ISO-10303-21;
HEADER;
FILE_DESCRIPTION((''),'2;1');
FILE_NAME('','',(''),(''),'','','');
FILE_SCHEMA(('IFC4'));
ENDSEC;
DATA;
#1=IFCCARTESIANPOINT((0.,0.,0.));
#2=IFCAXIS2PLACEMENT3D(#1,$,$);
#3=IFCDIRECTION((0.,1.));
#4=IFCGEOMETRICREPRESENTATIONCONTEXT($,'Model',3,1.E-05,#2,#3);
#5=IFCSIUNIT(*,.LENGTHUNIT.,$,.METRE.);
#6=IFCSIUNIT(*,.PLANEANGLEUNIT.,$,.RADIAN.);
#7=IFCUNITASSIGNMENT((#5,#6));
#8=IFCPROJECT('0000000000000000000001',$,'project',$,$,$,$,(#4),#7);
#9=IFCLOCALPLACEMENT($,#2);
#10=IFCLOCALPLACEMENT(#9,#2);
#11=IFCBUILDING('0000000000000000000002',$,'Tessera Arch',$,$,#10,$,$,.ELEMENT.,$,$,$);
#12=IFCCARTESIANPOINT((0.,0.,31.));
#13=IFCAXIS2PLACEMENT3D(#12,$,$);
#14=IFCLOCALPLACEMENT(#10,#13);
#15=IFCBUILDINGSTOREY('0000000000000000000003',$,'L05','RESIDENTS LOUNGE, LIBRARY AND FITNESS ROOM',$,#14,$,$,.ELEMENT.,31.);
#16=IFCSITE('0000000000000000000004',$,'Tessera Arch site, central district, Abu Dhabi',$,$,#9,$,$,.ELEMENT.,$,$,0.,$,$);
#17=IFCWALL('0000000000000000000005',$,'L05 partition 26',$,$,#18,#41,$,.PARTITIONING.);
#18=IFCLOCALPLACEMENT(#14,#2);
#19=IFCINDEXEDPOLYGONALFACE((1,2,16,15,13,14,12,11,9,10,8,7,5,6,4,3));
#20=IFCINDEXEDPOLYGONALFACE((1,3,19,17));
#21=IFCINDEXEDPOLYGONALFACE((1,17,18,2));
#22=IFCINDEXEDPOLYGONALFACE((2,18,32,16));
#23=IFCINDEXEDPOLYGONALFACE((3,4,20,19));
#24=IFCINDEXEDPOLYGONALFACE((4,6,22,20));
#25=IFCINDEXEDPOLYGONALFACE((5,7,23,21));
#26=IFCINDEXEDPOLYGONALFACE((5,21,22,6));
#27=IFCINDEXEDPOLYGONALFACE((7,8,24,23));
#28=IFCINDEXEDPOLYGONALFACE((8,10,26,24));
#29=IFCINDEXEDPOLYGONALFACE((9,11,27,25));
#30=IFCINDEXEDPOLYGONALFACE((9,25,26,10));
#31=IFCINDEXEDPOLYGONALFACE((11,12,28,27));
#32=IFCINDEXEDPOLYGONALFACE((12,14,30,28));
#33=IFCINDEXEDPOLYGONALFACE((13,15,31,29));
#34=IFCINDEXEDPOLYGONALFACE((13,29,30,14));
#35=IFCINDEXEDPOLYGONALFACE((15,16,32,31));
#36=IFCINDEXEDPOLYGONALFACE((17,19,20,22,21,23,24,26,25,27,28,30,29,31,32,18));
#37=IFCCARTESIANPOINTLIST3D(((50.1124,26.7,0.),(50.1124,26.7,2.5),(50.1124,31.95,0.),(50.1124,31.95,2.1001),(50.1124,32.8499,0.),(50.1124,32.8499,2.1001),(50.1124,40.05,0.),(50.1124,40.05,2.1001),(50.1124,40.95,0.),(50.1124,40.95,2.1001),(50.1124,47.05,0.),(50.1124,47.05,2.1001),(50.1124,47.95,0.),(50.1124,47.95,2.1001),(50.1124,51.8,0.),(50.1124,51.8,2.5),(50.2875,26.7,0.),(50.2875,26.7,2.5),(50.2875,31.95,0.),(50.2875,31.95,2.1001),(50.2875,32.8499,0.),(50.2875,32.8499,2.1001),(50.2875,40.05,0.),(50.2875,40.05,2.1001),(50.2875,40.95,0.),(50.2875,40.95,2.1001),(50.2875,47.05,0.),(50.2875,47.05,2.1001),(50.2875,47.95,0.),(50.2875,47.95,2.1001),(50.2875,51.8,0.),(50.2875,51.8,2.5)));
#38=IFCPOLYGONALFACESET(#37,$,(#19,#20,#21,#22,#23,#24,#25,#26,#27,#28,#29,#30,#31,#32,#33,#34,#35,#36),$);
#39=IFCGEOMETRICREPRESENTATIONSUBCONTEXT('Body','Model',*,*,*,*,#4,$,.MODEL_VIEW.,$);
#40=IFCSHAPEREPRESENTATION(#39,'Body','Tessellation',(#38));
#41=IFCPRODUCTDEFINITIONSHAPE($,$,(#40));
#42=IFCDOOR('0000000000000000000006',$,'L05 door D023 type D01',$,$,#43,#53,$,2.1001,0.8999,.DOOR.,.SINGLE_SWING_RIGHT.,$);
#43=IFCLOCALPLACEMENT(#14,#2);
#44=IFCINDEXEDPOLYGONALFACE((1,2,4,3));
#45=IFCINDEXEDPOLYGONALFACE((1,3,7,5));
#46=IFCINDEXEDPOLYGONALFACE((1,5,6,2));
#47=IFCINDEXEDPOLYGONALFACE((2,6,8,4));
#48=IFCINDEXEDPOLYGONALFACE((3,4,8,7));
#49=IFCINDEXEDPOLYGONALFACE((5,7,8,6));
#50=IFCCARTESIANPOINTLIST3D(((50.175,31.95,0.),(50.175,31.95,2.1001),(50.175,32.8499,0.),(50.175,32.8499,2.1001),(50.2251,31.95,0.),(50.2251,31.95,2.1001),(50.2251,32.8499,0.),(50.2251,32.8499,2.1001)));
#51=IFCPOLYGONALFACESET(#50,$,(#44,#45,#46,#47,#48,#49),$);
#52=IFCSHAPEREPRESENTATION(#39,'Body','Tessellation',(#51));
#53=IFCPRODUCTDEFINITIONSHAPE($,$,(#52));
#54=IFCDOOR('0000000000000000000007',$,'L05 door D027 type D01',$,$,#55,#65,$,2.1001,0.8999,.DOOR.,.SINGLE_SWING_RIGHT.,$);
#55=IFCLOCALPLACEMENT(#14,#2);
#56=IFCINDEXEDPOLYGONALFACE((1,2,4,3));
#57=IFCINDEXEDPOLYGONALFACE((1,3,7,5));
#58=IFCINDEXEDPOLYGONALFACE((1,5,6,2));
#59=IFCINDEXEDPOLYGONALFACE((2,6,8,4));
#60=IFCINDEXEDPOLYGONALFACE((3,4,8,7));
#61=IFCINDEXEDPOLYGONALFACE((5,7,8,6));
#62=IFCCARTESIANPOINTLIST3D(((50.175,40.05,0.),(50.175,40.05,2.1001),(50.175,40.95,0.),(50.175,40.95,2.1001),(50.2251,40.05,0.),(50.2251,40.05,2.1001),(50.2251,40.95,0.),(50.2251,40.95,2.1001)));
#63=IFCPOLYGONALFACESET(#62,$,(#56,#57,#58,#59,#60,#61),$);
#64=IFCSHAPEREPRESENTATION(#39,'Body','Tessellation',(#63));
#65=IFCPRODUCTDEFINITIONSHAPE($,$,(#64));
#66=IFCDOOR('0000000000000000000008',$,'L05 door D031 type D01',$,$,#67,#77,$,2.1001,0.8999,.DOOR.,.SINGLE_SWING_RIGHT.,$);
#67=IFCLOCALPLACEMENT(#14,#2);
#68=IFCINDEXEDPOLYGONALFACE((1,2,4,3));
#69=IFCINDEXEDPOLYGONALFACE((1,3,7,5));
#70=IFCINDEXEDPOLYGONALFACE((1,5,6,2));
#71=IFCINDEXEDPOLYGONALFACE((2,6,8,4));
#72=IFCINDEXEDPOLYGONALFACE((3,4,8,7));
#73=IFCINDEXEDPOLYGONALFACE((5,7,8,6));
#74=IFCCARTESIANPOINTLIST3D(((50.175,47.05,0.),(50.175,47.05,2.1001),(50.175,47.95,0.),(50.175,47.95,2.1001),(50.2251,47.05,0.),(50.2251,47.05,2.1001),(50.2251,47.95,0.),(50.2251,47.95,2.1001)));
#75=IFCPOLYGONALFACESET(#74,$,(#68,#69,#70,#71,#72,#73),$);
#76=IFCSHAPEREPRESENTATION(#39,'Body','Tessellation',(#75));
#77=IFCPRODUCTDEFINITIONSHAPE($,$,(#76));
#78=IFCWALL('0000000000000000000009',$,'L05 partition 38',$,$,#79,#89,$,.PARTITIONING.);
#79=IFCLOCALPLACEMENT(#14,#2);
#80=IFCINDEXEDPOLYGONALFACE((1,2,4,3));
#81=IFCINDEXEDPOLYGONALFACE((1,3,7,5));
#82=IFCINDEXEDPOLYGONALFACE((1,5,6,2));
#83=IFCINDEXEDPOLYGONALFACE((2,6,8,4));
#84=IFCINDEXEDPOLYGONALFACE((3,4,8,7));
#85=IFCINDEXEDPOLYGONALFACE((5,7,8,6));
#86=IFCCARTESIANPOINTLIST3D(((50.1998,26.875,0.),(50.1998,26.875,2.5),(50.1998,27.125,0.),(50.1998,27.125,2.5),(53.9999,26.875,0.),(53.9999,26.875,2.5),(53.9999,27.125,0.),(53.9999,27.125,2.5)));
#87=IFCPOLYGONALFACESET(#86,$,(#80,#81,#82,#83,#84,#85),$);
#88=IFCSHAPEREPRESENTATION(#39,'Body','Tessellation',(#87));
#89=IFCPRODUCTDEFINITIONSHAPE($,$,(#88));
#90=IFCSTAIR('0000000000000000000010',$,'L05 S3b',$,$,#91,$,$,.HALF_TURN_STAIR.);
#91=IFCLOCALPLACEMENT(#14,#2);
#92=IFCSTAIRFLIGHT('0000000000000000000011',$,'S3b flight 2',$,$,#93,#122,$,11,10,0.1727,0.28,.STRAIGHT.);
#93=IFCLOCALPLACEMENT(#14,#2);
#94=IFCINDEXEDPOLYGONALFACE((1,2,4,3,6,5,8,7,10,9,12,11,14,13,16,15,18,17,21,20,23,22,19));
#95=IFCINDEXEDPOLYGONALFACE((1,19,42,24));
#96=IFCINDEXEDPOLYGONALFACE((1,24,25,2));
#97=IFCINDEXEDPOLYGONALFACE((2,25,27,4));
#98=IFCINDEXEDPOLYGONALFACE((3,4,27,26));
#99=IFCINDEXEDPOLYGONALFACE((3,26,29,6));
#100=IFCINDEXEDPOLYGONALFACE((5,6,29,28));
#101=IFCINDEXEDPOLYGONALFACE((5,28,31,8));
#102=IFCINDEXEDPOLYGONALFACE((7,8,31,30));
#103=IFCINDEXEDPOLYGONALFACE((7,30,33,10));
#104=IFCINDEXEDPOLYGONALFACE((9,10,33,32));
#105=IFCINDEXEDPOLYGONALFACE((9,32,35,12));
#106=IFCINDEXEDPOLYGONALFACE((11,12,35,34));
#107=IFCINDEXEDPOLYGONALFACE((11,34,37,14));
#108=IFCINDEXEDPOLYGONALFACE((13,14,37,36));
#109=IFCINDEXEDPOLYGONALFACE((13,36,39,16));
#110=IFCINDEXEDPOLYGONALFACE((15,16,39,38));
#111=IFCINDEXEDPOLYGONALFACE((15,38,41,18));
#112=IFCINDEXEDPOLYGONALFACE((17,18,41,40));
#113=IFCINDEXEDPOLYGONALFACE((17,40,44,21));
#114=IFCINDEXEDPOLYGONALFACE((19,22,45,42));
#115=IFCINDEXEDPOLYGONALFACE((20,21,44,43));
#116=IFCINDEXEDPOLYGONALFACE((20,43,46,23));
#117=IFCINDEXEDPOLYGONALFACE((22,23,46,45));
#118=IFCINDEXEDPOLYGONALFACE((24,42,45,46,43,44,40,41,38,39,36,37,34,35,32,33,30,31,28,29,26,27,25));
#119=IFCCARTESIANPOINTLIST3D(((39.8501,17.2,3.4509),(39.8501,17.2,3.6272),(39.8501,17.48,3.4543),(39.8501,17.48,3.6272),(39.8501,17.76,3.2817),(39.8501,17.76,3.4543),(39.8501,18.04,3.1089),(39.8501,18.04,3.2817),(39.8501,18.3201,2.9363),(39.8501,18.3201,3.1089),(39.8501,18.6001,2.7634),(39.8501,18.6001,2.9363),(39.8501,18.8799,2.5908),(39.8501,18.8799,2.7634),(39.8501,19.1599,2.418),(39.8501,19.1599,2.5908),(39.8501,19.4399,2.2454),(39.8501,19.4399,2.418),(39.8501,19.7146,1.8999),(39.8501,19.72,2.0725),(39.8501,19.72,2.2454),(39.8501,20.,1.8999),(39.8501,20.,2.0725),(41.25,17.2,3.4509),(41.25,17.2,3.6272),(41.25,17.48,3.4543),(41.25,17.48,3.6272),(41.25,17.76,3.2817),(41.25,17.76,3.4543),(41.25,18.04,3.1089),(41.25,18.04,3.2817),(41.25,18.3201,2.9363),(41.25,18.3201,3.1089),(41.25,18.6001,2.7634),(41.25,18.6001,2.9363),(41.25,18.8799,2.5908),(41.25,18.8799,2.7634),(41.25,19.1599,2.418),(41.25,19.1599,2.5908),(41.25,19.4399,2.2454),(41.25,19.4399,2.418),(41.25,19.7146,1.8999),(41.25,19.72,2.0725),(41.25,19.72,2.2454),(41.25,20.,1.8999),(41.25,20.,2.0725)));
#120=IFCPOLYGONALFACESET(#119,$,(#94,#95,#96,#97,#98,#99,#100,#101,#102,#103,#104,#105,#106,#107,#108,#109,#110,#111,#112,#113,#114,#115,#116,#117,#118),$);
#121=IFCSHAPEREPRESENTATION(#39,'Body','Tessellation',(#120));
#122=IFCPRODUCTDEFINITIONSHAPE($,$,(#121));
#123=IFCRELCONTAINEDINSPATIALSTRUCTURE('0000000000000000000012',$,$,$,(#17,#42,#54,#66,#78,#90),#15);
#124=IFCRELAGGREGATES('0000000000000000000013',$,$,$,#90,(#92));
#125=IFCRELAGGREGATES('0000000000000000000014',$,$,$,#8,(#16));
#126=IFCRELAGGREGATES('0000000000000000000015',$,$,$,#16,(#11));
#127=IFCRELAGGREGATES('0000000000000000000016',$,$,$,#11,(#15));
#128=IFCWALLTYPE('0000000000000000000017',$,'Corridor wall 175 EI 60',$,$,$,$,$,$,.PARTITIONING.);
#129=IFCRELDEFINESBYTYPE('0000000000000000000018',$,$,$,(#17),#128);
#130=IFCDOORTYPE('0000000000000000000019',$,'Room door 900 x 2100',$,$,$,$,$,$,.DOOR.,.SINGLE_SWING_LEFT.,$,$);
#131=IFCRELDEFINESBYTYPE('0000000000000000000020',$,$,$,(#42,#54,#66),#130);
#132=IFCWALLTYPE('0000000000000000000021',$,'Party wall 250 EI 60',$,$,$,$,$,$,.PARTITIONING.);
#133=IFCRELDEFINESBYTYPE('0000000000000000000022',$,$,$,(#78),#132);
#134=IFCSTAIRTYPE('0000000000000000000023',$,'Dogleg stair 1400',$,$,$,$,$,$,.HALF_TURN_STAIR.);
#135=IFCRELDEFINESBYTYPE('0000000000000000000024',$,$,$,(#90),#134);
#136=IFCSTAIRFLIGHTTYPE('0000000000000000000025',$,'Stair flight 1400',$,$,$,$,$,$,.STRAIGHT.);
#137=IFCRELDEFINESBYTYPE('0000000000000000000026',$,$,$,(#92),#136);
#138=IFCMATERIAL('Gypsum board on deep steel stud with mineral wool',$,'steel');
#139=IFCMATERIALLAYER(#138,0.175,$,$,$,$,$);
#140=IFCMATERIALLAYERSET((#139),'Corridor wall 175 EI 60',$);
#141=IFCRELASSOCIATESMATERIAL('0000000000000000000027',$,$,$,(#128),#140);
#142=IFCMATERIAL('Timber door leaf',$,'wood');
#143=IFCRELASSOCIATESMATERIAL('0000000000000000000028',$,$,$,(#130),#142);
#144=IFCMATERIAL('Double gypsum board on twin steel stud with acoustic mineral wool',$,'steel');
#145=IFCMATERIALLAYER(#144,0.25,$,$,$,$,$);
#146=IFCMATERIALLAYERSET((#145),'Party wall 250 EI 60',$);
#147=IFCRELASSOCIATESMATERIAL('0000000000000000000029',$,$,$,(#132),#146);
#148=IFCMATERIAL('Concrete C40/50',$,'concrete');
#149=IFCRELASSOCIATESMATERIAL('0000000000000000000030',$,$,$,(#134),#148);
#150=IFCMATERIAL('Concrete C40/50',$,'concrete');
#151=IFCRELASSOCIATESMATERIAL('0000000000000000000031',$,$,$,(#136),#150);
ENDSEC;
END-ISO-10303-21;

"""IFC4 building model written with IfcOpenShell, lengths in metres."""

from ifc_helpers import new_model, si_unit, direction, frame, frame_2d, origin, place, context, subcontext, project, spatial, polyline, rectangle, outline, extrude, material, layer, layer_set, type_object, element, fill, aggregate, save


model = new_model("IFC4")

# Units and contexts
model_context = context("Model", 3, precision=1e-05, world=origin(), true_north=direction((0.0, 1.0)))
body_context = subcontext(model_context, "Body", "Model", "MODEL_VIEW")
ifc_project = project(units=[si_unit("LENGTHUNIT", "METRE"), si_unit("PLANEANGLEUNIT", "RADIAN")], contexts=[model_context])

# Site, building, storey
site_placement = place(None, origin())
site = spatial("IfcSite", under=ifc_project, at=site_placement, Name="Tessera Arch site, central district, Abu Dhabi", CompositionType="ELEMENT", RefElevation=0.0)
building_placement = place(site_placement, origin())
building = spatial("IfcBuilding", under=site, at=building_placement, Name="Tessera Arch", CompositionType="ELEMENT")
storey_placement = place(building_placement, frame((0.0, 0.0, 31.0)))
storey = spatial("IfcBuildingStorey", under=building, at=storey_placement, Name="L05", Description="RESIDENTS LOUNGE, LIBRARY AND FITNESS ROOM", CompositionType="ELEMENT", Elevation=31.0)

# Shared definitions
ifc_material_1 = material(Name="Gypsum board on deep steel stud with mineral wool", Category="steel")
ifc_layer_1 = layer(ifc_material_1, 0.175)
ifc_layer_set_1 = layer_set([ifc_layer_1], Name="Corridor wall 175 EI 60")
wall_type_1 = type_object("IfcWallType", Name="Corridor wall 175 EI 60", PredefinedType="PARTITIONING", material=ifc_layer_set_1)

# Wall, openings, doors
wall_1_placement = place(storey_placement, frame((50.2, 26.7, 0.0), z_axis=(0.0, 0.0, 1.0), x_axis=(0.0, 1.0, 0.0)))
wall_1 = element("IfcWall", 1, at=wall_1_placement, inside=storey, type_object=wall_type_1, Name="L05 partition 26", PredefinedType="PARTITIONING", context=body_context, shape_type="SweptSolid", body=[
    extrude(rectangle(XDim=25.1001, YDim=0.175, at=frame_2d((12.55, 0.0))), origin(), (0.0, 0.0, 1.0), 2.5),
])
opening_1_placement = place(wall_1_placement, frame((5.25, 0.0, 0.0)))
opening_1 = element("IfcOpeningElement", 2, at=opening_1_placement, cuts=wall_1, PredefinedType="OPENING", context=body_context, shape_type="SweptSolid", body=[
    extrude(rectangle(XDim=0.8999, YDim=2.1001, at=frame_2d((0.45, 1.05))), frame((0.0, 0.0974, 0.0), z_axis=(0.0, -1.0, 0.0), x_axis=(1.0, 0.0, 0.0)), (0.0, 0.0, 1.0), 0.1951),
])
opening_2_placement = place(wall_1_placement, frame((13.3501, 0.0, 0.0)))
opening_2 = element("IfcOpeningElement", 3, at=opening_2_placement, cuts=wall_1, PredefinedType="OPENING", context=body_context, shape_type="SweptSolid", body=[
    extrude(rectangle(XDim=0.8999, YDim=2.1001, at=frame_2d((0.45, 1.05))), frame((0.0, 0.0974, 0.0), z_axis=(0.0, -1.0, 0.0), x_axis=(1.0, 0.0, 0.0)), (0.0, 0.0, 1.0), 0.1951),
])
opening_3_placement = place(wall_1_placement, frame((20.3501, 0.0, 0.0)))
opening_3 = element("IfcOpeningElement", 4, at=opening_3_placement, cuts=wall_1, PredefinedType="OPENING", context=body_context, shape_type="SweptSolid", body=[
    extrude(rectangle(XDim=0.8999, YDim=2.1001, at=frame_2d((0.45, 1.05))), frame((0.0, 0.0974, 0.0), z_axis=(0.0, -1.0, 0.0), x_axis=(1.0, 0.0, 0.0)), (0.0, 0.0, 1.0), 0.1951),
])
ifc_material_2 = material(Name="Timber door leaf", Category="wood")
door_type = type_object("IfcDoorType", Name="Room door 900 x 2100", OperationType="SINGLE_SWING_LEFT", PredefinedType="DOOR", material=ifc_material_2)
door_1_placement = place(opening_1_placement, origin())
door_1 = element("IfcDoor", 5, at=door_1_placement, inside=storey, type_object=door_type, Name="L05 door D023 type D01", OperationType="SINGLE_SWING_RIGHT", OverallHeight=2.1001, OverallWidth=0.8999, PredefinedType="DOOR", context=body_context, shape_type="SweptSolid", body=[
    extrude(rectangle(XDim=0.8999, YDim=2.1001, at=frame_2d((0.45, 1.05))), frame((0.0, 0.0249, 0.0), z_axis=(0.0, -1.0, 0.0), x_axis=(1.0, 0.0, 0.0)), (0.0, 0.0, 1.0), 0.05),
])
fill(opening_1, door_1)
door_2_placement = place(opening_2_placement, origin())
door_2 = element("IfcDoor", 6, at=door_2_placement, inside=storey, type_object=door_type, Name="L05 door D027 type D01", OperationType="SINGLE_SWING_RIGHT", OverallHeight=2.1001, OverallWidth=0.8999, PredefinedType="DOOR", context=body_context, shape_type="SweptSolid", body=[
    extrude(rectangle(XDim=0.8999, YDim=2.1001, at=frame_2d((0.45, 1.05))), frame((0.0, 0.0249, 0.0), z_axis=(0.0, -1.0, 0.0), x_axis=(1.0, 0.0, 0.0)), (0.0, 0.0, 1.0), 0.05),
])
fill(opening_2, door_2)
door_3_placement = place(opening_3_placement, origin())
door_3 = element("IfcDoor", 7, at=door_3_placement, inside=storey, type_object=door_type, Name="L05 door D031 type D01", OperationType="SINGLE_SWING_RIGHT", OverallHeight=2.1001, OverallWidth=0.8999, PredefinedType="DOOR", context=body_context, shape_type="SweptSolid", body=[
    extrude(rectangle(XDim=0.8999, YDim=2.1001, at=frame_2d((0.45, 1.05))), frame((0.0, 0.0249, 0.0), z_axis=(0.0, -1.0, 0.0), x_axis=(1.0, 0.0, 0.0)), (0.0, 0.0, 1.0), 0.05),
])
fill(opening_3, door_3)

# Wall
ifc_material_3 = material(Name="Double gypsum board on twin steel stud with acoustic mineral wool", Category="steel")
ifc_layer_2 = layer(ifc_material_3, 0.25)
ifc_layer_set_2 = layer_set([ifc_layer_2], Name="Party wall 250 EI 60")
wall_type_2 = type_object("IfcWallType", Name="Party wall 250 EI 60", PredefinedType="PARTITIONING", material=ifc_layer_set_2)
wall_2_placement = place(storey_placement, frame((50.2, 27.0, 0.0), z_axis=(0.0, 0.0, 1.0), x_axis=(1.0, 0.0, 0.0)))
element("IfcWall", 8, at=wall_2_placement, inside=storey, type_object=wall_type_2, Name="L05 partition 38", PredefinedType="PARTITIONING", context=body_context, shape_type="SweptSolid", body=[
    extrude(rectangle(XDim=3.8, YDim=0.25, at=frame_2d((1.8999, 0.0))), origin(), (0.0, 0.0, 1.0), 2.5),
])

# Stair, stair flight
ifc_material_4 = material(Name="Concrete C40/50", Category="concrete")
stair_type = type_object("IfcStairType", Name="Dogleg stair 1400", PredefinedType="HALF_TURN_STAIR", material=ifc_material_4)
stair_placement = place(storey_placement, origin())
stair = element("IfcStair", 9, at=stair_placement, inside=storey, type_object=stair_type, Name="L05 S3b", PredefinedType="HALF_TURN_STAIR")
ifc_material_5 = material(Name="Concrete C40/50", Category="concrete")
stair_flight_type = type_object("IfcStairFlightType", Name="Stair flight 1400", PredefinedType="STRAIGHT", material=ifc_material_5)
stair_flight_placement = place(storey_placement, frame((40.55, 20.0, 1.8999), z_axis=(0.0, 0.0, 1.0), x_axis=(0.0, -1.0, 0.0)))
stair_flight = element("IfcStairFlight", 10, at=stair_flight_placement, type_object=stair_flight_type, Name="S3b flight 2", NumberOfRisers=11, NumberOfTreads=10, PredefinedType="STRAIGHT", RiserHeight=0.1727, TreadLength=0.28, context=body_context, shape_type="SweptSolid", body=[
    extrude(outline(polyline([(0.0, 0.0), (0.0, 0.1726), (0.28, 0.1726), (0.28, 0.3455), (0.5601, 0.3455), (0.5601, 0.5181), (0.8401, 0.5181), (0.8401, 0.6909), (1.1201, 0.6909), (1.1201, 0.8635), (1.3999, 0.8635), (1.3999, 1.0364), (1.6799, 1.0364), (1.6799, 1.209), (1.96, 1.209), (1.96, 1.3818), (2.24, 1.3818), (2.24, 1.5544), (2.52, 1.5544), (2.52, 1.7273), (2.8, 1.7273), (2.8, 1.8999), (2.8, 1.551), (0.2854, 0.0), (0.0, 0.0)])), frame((0.0, 0.7, 0.0), z_axis=(0.0, -1.0, 0.0), x_axis=(1.0, 0.0, 0.0)), (0.0, 0.0, 1.0), 1.3999),
])
aggregate(stair, [stair_flight])

save(model, "model.ifc")
